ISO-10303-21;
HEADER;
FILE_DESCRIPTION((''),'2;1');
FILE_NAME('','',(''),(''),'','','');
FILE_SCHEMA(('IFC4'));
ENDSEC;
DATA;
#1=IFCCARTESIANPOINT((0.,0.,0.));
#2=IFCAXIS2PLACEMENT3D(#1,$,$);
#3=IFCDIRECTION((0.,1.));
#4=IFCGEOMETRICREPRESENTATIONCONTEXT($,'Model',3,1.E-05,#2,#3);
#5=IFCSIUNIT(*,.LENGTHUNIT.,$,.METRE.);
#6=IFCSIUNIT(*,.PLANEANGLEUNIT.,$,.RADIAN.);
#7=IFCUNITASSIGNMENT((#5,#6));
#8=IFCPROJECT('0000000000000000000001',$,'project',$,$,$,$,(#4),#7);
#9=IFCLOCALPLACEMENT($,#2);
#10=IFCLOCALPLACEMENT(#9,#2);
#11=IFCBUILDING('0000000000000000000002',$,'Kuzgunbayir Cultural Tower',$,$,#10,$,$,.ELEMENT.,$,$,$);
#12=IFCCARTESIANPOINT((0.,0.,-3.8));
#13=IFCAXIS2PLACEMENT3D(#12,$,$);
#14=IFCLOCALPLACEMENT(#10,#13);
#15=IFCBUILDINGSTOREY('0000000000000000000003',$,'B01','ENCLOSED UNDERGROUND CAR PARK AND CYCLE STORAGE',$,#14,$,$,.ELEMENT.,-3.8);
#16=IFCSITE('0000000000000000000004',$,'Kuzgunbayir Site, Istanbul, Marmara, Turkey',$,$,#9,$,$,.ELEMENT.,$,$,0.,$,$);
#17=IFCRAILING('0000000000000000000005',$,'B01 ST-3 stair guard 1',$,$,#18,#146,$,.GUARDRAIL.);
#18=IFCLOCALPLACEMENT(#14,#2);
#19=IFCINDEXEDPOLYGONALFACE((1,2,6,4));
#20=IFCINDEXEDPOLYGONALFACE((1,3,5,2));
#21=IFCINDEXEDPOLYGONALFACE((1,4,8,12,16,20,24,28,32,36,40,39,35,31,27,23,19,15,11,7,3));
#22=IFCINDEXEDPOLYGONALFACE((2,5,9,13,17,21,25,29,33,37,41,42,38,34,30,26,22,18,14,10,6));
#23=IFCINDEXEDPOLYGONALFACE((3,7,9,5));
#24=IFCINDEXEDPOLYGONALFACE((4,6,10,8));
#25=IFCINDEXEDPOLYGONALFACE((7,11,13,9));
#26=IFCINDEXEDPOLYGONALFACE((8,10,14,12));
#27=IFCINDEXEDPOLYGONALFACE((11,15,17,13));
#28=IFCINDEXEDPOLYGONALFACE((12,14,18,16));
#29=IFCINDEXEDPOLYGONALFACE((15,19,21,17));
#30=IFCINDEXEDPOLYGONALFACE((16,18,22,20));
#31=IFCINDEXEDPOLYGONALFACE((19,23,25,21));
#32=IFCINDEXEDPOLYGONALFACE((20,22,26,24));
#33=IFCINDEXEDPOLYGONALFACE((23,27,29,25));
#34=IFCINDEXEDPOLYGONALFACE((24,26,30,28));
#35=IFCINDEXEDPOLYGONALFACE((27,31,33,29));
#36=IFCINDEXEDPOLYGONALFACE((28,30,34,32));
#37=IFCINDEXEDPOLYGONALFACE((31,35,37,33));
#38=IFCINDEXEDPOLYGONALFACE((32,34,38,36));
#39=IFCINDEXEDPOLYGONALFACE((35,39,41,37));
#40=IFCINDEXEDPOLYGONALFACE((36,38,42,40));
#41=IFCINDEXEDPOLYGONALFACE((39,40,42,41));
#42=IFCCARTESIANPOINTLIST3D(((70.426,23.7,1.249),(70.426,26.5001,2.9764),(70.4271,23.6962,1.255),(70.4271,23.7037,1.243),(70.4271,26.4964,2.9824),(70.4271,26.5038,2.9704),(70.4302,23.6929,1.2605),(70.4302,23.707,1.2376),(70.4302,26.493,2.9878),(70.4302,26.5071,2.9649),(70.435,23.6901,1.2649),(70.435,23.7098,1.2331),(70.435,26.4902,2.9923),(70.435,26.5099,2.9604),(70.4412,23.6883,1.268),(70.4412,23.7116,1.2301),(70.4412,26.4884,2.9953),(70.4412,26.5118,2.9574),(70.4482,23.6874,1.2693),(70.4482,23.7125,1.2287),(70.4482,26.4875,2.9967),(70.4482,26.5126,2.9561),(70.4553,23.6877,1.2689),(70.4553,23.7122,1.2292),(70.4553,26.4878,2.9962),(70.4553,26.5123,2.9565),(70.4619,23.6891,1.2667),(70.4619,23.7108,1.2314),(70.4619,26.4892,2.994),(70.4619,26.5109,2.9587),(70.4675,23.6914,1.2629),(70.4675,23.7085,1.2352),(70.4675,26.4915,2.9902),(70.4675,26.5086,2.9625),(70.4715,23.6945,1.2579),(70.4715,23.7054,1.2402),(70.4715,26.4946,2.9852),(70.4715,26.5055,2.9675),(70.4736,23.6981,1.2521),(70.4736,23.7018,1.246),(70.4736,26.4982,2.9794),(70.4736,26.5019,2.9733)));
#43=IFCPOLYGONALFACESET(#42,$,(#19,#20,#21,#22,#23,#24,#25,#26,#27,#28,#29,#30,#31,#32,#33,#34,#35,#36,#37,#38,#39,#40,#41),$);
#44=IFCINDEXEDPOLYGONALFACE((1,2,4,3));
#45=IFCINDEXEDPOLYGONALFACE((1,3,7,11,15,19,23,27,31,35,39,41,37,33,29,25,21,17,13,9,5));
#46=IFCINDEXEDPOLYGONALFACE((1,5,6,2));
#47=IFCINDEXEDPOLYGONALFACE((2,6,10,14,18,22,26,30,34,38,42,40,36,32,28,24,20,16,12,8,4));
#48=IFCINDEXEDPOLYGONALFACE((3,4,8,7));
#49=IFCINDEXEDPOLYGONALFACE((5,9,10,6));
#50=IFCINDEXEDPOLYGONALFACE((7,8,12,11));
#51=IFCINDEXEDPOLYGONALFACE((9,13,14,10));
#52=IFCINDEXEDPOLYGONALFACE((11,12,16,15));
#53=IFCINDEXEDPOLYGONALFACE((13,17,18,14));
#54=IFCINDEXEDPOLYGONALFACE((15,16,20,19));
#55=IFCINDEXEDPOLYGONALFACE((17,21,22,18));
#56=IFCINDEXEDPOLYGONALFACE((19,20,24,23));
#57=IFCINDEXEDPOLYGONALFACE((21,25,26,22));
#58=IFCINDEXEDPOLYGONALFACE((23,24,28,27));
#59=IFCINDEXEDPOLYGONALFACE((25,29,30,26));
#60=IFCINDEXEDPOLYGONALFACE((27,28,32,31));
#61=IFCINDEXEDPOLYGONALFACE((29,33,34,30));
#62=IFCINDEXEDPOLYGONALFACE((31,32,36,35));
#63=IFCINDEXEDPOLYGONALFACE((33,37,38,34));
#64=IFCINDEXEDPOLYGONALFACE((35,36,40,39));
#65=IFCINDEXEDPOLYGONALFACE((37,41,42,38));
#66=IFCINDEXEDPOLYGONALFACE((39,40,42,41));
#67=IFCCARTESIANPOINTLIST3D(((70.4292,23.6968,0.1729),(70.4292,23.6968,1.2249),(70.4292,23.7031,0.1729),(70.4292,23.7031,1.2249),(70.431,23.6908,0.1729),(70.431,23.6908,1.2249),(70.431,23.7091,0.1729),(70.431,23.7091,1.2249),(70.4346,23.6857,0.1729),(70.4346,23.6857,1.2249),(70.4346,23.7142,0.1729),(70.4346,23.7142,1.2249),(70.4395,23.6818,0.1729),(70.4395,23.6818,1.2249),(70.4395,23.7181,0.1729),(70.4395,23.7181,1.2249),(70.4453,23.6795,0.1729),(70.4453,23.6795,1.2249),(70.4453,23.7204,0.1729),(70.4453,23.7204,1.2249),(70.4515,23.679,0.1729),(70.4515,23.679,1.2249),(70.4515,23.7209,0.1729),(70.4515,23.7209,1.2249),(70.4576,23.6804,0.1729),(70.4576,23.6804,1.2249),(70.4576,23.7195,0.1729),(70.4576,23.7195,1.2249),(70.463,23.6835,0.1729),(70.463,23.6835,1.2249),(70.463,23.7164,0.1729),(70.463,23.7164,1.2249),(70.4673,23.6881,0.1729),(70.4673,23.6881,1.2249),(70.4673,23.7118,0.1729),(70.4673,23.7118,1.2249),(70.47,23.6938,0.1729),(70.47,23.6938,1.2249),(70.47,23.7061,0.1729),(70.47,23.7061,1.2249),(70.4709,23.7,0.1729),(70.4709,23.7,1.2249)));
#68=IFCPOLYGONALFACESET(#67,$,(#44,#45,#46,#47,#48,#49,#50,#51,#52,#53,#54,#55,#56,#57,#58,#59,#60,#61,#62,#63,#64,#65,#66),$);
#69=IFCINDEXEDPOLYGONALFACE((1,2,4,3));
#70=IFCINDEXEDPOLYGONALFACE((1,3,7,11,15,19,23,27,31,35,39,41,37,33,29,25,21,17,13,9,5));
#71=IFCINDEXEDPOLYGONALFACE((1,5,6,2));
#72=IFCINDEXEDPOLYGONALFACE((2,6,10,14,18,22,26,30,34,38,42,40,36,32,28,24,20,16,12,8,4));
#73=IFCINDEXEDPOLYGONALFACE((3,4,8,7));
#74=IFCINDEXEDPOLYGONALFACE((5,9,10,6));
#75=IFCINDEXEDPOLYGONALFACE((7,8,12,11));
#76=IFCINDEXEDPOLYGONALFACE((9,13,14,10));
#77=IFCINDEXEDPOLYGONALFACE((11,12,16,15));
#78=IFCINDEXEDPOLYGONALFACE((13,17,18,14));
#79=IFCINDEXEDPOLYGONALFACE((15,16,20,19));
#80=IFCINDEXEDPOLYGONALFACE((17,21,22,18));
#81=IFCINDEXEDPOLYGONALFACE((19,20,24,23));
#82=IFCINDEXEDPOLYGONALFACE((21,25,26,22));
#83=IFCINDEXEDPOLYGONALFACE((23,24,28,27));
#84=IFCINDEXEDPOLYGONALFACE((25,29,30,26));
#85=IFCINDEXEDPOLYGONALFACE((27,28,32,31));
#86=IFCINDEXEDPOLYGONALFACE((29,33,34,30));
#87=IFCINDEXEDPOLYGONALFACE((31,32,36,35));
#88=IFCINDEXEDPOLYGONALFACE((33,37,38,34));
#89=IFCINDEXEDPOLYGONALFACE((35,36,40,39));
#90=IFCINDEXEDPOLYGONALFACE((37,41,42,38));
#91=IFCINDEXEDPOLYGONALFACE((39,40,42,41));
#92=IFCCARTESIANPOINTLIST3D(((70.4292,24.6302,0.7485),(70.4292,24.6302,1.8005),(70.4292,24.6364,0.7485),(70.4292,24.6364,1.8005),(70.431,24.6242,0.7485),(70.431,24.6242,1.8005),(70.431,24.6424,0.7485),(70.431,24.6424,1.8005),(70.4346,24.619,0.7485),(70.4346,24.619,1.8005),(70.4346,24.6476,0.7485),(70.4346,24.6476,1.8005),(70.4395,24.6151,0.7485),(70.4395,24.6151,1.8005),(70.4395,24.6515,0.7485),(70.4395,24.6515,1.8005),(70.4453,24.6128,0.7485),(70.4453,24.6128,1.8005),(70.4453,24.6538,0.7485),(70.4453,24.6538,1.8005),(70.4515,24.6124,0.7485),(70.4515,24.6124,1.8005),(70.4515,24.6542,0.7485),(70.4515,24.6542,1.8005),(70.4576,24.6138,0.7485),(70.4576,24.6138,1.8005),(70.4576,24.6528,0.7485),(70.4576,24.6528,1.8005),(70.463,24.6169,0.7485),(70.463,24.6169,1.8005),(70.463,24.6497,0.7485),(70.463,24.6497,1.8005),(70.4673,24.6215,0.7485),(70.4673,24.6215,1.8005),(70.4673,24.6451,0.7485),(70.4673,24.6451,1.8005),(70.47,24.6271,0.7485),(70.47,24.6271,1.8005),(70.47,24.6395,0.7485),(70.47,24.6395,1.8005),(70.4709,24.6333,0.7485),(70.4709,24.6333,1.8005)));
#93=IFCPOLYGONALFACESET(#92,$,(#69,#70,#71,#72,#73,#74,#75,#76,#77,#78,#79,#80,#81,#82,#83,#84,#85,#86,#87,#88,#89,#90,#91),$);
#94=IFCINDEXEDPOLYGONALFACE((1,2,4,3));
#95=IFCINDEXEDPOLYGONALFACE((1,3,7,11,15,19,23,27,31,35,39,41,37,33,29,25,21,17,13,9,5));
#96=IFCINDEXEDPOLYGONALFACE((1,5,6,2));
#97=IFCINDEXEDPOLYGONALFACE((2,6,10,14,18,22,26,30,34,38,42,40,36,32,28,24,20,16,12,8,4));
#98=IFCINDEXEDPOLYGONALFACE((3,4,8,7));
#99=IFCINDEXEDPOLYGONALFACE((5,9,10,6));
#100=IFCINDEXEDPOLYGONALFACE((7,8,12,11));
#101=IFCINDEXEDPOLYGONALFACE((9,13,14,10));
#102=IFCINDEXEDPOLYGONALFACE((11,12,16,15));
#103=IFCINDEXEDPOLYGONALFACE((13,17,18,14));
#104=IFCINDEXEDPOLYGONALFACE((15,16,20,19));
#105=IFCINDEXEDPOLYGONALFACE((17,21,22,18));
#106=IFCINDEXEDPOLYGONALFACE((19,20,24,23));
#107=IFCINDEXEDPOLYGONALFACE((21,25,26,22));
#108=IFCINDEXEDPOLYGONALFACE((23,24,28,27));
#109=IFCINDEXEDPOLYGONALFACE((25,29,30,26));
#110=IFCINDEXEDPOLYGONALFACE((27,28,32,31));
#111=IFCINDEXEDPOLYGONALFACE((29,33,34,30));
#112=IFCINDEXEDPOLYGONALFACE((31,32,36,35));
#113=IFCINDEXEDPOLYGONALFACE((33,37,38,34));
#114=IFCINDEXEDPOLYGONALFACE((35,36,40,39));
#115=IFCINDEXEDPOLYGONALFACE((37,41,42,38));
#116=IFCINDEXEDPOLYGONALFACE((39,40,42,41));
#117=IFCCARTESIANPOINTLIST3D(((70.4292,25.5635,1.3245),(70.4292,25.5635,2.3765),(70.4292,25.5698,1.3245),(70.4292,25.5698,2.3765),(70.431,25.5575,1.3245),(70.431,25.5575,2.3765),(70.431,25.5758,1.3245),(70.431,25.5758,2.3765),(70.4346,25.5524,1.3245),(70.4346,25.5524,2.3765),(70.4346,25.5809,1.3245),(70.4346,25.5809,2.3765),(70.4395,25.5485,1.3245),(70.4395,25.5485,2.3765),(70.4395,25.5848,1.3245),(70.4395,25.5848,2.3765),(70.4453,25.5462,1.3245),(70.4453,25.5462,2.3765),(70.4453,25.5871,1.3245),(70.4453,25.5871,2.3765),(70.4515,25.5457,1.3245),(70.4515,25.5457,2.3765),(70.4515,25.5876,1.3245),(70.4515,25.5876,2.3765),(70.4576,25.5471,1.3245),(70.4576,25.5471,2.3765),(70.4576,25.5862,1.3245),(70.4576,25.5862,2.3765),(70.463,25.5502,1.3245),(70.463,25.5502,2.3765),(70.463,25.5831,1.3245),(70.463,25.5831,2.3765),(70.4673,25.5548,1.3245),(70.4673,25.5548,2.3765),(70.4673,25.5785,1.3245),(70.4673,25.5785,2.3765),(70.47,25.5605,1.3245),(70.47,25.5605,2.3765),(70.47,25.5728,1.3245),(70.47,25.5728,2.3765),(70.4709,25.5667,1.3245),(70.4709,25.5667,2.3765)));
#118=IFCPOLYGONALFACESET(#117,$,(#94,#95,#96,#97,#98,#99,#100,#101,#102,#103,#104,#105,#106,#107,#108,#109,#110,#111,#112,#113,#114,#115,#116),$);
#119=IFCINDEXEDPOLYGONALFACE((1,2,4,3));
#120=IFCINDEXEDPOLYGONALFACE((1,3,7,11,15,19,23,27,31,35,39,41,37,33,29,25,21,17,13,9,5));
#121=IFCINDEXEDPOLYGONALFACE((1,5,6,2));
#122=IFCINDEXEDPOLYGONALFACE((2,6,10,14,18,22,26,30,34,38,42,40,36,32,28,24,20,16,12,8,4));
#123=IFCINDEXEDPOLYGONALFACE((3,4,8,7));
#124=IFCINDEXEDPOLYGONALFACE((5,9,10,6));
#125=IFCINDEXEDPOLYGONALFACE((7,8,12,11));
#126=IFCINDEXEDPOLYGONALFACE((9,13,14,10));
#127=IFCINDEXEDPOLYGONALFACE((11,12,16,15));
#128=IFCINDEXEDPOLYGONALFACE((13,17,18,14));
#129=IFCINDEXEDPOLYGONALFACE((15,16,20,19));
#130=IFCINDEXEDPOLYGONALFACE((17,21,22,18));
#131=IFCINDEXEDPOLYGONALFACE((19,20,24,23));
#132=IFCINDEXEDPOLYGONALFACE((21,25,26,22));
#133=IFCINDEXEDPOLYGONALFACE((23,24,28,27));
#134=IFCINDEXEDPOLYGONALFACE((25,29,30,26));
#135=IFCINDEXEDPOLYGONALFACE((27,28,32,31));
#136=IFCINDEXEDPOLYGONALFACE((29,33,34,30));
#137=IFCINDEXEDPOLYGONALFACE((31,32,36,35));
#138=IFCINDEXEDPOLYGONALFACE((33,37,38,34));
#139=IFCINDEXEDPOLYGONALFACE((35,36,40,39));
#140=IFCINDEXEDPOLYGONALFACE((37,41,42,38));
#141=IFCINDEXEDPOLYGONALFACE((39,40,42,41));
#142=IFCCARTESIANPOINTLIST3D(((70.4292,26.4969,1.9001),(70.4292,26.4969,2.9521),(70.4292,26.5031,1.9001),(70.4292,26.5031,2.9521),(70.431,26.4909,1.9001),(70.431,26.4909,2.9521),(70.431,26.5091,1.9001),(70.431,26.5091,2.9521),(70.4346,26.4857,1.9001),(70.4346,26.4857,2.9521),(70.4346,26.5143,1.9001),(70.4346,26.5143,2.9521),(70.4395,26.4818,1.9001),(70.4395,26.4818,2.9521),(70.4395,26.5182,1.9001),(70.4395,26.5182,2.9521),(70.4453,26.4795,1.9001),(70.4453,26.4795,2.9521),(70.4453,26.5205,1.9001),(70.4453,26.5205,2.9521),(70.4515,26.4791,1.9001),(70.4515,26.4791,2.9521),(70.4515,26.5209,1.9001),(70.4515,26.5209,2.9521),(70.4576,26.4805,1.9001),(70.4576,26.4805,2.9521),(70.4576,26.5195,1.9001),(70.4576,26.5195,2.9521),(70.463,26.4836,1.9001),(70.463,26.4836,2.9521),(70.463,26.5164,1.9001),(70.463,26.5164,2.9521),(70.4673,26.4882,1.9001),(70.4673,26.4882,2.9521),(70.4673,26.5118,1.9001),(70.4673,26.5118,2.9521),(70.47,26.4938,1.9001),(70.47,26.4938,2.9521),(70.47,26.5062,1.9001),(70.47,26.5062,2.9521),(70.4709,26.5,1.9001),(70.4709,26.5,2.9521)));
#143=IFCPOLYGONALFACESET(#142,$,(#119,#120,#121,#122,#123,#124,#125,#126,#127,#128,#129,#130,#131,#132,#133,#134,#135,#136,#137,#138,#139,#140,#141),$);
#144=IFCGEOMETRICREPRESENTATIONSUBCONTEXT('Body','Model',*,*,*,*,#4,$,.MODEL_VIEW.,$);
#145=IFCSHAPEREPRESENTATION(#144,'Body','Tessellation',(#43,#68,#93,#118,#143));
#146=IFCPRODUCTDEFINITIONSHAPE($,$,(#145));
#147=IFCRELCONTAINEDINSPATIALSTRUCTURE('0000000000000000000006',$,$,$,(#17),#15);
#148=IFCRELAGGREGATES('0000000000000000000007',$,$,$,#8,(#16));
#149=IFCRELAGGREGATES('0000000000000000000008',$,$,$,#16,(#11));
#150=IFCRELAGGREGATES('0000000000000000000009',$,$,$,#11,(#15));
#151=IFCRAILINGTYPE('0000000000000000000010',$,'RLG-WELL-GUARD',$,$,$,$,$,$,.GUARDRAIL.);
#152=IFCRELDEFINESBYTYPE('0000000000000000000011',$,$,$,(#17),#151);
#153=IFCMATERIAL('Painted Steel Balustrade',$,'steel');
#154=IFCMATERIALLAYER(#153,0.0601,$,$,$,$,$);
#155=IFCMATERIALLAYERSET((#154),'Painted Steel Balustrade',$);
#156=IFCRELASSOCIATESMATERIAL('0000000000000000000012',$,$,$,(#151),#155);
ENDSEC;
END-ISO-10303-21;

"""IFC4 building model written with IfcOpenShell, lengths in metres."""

from ifc_helpers import new_model, si_unit, direction, frame, origin, origin_2d, place, context, subcontext, project, spatial, circle, extrude, material, layer, layer_set, type_object, element, save


model = new_model("IFC4")

# Units and contexts
model_context = context("Model", 3, precision=1e-05, world=origin(), true_north=direction((0.0, 1.0)))
body_context = subcontext(model_context, "Body", "Model", "MODEL_VIEW")
ifc_project = project(units=[si_unit("LENGTHUNIT", "METRE"), si_unit("PLANEANGLEUNIT", "RADIAN")], contexts=[model_context])

# Site, building, storey
site_placement = place(None, origin())
site = spatial("IfcSite", under=ifc_project, at=site_placement, Name="Kuzgunbayir Site, Istanbul, Marmara, Turkey", CompositionType="ELEMENT", RefElevation=0.0)
building_placement = place(site_placement, origin())
building = spatial("IfcBuilding", under=site, at=building_placement, Name="Kuzgunbayir Cultural Tower", CompositionType="ELEMENT")
storey_placement = place(building_placement, frame((0.0, 0.0, -3.8)))
storey = spatial("IfcBuildingStorey", under=building, at=storey_placement, Name="B01", Description="ENCLOSED UNDERGROUND CAR PARK AND CYCLE STORAGE", CompositionType="ELEMENT", Elevation=-3.8)

# Railing
ifc_material_1 = material(Name="Painted Steel Balustrade", Category="steel")
ifc_layer_1 = layer(ifc_material_1, 0.0601)
ifc_layer_set_1 = layer_set([ifc_layer_1], Name="Painted Steel Balustrade")
railing_type_1 = type_object("IfcRailingType", Name="RLG-WELL-GUARD", PredefinedType="GUARDRAIL", material=ifc_layer_set_1)
railing_1_placement = place(storey_placement, frame((70.45, 23.7, 0.1729)))
element("IfcRailing", 1, at=railing_1_placement, inside=storey, type_object=railing_type_1, Name="B01 ST-3 stair guard 1", PredefinedType="GUARDRAIL", context=body_context, shape_type="SweptSolid", body=[
    extrude(circle(Radius=0.0239, at=origin_2d()), frame((0.0, 0.0, 1.0762), z_axis=(0.0, 0.85109, 0.52502), x_axis=(-1.0, 0.0, 0.0)), (0.0, 0.0, 1.0), 3.29),
    extrude(circle(Radius=0.021, at=origin_2d()), origin(), (0.0, 0.0, 1.0), 1.052),
    extrude(circle(Radius=0.021, at=origin_2d()), frame((0.0, 0.9333, 0.5757)), (0.0, 0.0, 1.0), 1.052),
    extrude(circle(Radius=0.021, at=origin_2d()), frame((0.0, 1.8667, 1.1516)), (0.0, 0.0, 1.0), 1.052),
    extrude(circle(Radius=0.021, at=origin_2d()), frame((0.0, 2.8, 1.7273)), (0.0, 0.0, 1.0), 1.052),
])

save(model, "model.ifc")
